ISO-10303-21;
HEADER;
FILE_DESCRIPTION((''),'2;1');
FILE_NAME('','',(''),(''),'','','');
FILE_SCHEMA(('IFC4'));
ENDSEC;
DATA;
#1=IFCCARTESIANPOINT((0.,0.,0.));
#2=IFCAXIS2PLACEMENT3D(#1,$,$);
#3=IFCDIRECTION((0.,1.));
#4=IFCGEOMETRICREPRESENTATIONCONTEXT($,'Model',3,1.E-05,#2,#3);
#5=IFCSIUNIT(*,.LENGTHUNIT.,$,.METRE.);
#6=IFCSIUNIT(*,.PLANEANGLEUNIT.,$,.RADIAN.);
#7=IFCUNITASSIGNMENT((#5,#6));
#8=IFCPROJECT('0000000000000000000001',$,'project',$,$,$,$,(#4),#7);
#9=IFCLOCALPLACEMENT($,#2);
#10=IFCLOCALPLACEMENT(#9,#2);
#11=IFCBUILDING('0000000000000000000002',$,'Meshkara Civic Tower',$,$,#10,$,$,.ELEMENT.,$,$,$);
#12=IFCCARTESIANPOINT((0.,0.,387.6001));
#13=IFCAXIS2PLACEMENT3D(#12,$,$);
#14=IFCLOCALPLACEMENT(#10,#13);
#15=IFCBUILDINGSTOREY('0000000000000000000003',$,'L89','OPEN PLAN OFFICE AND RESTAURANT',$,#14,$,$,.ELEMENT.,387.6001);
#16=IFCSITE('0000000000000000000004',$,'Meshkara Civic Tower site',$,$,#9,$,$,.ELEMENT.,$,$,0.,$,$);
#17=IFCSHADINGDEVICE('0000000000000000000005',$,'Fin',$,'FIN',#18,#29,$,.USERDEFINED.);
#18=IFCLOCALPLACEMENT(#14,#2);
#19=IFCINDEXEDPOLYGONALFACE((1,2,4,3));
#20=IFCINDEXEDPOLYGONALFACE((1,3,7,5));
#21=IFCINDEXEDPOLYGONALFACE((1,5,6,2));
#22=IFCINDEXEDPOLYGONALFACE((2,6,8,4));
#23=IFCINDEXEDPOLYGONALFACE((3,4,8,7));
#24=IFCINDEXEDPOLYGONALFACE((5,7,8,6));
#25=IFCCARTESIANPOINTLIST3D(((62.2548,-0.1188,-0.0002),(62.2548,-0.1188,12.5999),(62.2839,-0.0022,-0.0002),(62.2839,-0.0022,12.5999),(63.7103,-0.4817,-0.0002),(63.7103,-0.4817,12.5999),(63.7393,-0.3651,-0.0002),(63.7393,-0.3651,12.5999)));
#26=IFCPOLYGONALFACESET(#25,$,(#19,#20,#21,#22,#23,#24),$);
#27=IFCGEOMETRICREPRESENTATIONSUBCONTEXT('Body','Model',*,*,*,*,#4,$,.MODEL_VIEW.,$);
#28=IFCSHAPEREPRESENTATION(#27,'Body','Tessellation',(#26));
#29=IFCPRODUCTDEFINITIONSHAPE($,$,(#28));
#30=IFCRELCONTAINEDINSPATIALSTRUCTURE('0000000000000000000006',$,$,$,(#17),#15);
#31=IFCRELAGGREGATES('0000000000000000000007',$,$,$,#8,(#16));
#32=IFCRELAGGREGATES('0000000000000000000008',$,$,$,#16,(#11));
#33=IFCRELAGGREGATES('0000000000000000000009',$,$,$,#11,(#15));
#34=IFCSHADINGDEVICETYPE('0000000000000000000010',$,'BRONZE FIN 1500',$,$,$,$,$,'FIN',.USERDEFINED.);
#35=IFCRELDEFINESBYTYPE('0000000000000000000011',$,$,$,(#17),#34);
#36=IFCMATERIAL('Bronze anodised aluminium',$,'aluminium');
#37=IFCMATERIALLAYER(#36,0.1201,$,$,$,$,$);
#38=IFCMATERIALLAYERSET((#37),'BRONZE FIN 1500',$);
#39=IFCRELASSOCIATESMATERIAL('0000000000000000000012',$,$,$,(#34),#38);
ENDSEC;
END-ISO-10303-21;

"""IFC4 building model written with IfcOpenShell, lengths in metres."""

from ifc_helpers import new_model, si_unit, direction, frame, origin, origin_2d, place, context, subcontext, project, spatial, rectangle, extrude, material, layer, layer_set, type_object, element, save


model = new_model("IFC4")

# Units and contexts
model_context = context("Model", 3, precision=1e-05, world=origin(), true_north=direction((0.0, 1.0)))
body_context = subcontext(model_context, "Body", "Model", "MODEL_VIEW")
ifc_project = project(units=[si_unit("LENGTHUNIT", "METRE"), si_unit("PLANEANGLEUNIT", "RADIAN")], contexts=[model_context])

# Site, building, storey
site_placement = place(None, origin())
site = spatial("IfcSite", under=ifc_project, at=site_placement, Name="Meshkara Civic Tower site", CompositionType="ELEMENT", RefElevation=0.0)
building_placement = place(site_placement, origin())
building = spatial("IfcBuilding", under=site, at=building_placement, Name="Meshkara Civic Tower", CompositionType="ELEMENT")
storey_placement = place(building_placement, frame((0.0, 0.0, 387.6001)))
storey = spatial("IfcBuildingStorey", under=building, at=storey_placement, Name="L89", Description="OPEN PLAN OFFICE AND RESTAURANT", CompositionType="ELEMENT", Elevation=387.6001)

# Shading device
ifc_material_1 = material(Name="Bronze anodised aluminium", Category="aluminium")
ifc_layer_1 = layer(ifc_material_1, 0.1201)
ifc_layer_set_1 = layer_set([ifc_layer_1], Name="BRONZE FIN 1500")
shading_device_type = type_object("IfcShadingDeviceType", Name="BRONZE FIN 1500", ElementType="FIN", PredefinedType="USERDEFINED", material=ifc_layer_set_1)
for number, where, z_axis, x_axis, name in (
    (1, (62.9971, -0.2419, -0.0002), (0.0, 0.0, 1.0), (0.241922, 0.970296, 0.0), "Fin"),
):
    element("IfcShadingDevice", number, at=place(storey_placement, frame(where, z_axis=z_axis, x_axis=x_axis)), inside=storey, type_object=shading_device_type, Name=name, ObjectType="FIN", PredefinedType="USERDEFINED", context=body_context, shape_type="SweptSolid", body=[
        extrude(rectangle(XDim=0.1201, YDim=1.5, at=origin_2d()), origin(), (0.0, 0.0, 1.0), 12.6001),
    ])

save(model, "model.ifc")
